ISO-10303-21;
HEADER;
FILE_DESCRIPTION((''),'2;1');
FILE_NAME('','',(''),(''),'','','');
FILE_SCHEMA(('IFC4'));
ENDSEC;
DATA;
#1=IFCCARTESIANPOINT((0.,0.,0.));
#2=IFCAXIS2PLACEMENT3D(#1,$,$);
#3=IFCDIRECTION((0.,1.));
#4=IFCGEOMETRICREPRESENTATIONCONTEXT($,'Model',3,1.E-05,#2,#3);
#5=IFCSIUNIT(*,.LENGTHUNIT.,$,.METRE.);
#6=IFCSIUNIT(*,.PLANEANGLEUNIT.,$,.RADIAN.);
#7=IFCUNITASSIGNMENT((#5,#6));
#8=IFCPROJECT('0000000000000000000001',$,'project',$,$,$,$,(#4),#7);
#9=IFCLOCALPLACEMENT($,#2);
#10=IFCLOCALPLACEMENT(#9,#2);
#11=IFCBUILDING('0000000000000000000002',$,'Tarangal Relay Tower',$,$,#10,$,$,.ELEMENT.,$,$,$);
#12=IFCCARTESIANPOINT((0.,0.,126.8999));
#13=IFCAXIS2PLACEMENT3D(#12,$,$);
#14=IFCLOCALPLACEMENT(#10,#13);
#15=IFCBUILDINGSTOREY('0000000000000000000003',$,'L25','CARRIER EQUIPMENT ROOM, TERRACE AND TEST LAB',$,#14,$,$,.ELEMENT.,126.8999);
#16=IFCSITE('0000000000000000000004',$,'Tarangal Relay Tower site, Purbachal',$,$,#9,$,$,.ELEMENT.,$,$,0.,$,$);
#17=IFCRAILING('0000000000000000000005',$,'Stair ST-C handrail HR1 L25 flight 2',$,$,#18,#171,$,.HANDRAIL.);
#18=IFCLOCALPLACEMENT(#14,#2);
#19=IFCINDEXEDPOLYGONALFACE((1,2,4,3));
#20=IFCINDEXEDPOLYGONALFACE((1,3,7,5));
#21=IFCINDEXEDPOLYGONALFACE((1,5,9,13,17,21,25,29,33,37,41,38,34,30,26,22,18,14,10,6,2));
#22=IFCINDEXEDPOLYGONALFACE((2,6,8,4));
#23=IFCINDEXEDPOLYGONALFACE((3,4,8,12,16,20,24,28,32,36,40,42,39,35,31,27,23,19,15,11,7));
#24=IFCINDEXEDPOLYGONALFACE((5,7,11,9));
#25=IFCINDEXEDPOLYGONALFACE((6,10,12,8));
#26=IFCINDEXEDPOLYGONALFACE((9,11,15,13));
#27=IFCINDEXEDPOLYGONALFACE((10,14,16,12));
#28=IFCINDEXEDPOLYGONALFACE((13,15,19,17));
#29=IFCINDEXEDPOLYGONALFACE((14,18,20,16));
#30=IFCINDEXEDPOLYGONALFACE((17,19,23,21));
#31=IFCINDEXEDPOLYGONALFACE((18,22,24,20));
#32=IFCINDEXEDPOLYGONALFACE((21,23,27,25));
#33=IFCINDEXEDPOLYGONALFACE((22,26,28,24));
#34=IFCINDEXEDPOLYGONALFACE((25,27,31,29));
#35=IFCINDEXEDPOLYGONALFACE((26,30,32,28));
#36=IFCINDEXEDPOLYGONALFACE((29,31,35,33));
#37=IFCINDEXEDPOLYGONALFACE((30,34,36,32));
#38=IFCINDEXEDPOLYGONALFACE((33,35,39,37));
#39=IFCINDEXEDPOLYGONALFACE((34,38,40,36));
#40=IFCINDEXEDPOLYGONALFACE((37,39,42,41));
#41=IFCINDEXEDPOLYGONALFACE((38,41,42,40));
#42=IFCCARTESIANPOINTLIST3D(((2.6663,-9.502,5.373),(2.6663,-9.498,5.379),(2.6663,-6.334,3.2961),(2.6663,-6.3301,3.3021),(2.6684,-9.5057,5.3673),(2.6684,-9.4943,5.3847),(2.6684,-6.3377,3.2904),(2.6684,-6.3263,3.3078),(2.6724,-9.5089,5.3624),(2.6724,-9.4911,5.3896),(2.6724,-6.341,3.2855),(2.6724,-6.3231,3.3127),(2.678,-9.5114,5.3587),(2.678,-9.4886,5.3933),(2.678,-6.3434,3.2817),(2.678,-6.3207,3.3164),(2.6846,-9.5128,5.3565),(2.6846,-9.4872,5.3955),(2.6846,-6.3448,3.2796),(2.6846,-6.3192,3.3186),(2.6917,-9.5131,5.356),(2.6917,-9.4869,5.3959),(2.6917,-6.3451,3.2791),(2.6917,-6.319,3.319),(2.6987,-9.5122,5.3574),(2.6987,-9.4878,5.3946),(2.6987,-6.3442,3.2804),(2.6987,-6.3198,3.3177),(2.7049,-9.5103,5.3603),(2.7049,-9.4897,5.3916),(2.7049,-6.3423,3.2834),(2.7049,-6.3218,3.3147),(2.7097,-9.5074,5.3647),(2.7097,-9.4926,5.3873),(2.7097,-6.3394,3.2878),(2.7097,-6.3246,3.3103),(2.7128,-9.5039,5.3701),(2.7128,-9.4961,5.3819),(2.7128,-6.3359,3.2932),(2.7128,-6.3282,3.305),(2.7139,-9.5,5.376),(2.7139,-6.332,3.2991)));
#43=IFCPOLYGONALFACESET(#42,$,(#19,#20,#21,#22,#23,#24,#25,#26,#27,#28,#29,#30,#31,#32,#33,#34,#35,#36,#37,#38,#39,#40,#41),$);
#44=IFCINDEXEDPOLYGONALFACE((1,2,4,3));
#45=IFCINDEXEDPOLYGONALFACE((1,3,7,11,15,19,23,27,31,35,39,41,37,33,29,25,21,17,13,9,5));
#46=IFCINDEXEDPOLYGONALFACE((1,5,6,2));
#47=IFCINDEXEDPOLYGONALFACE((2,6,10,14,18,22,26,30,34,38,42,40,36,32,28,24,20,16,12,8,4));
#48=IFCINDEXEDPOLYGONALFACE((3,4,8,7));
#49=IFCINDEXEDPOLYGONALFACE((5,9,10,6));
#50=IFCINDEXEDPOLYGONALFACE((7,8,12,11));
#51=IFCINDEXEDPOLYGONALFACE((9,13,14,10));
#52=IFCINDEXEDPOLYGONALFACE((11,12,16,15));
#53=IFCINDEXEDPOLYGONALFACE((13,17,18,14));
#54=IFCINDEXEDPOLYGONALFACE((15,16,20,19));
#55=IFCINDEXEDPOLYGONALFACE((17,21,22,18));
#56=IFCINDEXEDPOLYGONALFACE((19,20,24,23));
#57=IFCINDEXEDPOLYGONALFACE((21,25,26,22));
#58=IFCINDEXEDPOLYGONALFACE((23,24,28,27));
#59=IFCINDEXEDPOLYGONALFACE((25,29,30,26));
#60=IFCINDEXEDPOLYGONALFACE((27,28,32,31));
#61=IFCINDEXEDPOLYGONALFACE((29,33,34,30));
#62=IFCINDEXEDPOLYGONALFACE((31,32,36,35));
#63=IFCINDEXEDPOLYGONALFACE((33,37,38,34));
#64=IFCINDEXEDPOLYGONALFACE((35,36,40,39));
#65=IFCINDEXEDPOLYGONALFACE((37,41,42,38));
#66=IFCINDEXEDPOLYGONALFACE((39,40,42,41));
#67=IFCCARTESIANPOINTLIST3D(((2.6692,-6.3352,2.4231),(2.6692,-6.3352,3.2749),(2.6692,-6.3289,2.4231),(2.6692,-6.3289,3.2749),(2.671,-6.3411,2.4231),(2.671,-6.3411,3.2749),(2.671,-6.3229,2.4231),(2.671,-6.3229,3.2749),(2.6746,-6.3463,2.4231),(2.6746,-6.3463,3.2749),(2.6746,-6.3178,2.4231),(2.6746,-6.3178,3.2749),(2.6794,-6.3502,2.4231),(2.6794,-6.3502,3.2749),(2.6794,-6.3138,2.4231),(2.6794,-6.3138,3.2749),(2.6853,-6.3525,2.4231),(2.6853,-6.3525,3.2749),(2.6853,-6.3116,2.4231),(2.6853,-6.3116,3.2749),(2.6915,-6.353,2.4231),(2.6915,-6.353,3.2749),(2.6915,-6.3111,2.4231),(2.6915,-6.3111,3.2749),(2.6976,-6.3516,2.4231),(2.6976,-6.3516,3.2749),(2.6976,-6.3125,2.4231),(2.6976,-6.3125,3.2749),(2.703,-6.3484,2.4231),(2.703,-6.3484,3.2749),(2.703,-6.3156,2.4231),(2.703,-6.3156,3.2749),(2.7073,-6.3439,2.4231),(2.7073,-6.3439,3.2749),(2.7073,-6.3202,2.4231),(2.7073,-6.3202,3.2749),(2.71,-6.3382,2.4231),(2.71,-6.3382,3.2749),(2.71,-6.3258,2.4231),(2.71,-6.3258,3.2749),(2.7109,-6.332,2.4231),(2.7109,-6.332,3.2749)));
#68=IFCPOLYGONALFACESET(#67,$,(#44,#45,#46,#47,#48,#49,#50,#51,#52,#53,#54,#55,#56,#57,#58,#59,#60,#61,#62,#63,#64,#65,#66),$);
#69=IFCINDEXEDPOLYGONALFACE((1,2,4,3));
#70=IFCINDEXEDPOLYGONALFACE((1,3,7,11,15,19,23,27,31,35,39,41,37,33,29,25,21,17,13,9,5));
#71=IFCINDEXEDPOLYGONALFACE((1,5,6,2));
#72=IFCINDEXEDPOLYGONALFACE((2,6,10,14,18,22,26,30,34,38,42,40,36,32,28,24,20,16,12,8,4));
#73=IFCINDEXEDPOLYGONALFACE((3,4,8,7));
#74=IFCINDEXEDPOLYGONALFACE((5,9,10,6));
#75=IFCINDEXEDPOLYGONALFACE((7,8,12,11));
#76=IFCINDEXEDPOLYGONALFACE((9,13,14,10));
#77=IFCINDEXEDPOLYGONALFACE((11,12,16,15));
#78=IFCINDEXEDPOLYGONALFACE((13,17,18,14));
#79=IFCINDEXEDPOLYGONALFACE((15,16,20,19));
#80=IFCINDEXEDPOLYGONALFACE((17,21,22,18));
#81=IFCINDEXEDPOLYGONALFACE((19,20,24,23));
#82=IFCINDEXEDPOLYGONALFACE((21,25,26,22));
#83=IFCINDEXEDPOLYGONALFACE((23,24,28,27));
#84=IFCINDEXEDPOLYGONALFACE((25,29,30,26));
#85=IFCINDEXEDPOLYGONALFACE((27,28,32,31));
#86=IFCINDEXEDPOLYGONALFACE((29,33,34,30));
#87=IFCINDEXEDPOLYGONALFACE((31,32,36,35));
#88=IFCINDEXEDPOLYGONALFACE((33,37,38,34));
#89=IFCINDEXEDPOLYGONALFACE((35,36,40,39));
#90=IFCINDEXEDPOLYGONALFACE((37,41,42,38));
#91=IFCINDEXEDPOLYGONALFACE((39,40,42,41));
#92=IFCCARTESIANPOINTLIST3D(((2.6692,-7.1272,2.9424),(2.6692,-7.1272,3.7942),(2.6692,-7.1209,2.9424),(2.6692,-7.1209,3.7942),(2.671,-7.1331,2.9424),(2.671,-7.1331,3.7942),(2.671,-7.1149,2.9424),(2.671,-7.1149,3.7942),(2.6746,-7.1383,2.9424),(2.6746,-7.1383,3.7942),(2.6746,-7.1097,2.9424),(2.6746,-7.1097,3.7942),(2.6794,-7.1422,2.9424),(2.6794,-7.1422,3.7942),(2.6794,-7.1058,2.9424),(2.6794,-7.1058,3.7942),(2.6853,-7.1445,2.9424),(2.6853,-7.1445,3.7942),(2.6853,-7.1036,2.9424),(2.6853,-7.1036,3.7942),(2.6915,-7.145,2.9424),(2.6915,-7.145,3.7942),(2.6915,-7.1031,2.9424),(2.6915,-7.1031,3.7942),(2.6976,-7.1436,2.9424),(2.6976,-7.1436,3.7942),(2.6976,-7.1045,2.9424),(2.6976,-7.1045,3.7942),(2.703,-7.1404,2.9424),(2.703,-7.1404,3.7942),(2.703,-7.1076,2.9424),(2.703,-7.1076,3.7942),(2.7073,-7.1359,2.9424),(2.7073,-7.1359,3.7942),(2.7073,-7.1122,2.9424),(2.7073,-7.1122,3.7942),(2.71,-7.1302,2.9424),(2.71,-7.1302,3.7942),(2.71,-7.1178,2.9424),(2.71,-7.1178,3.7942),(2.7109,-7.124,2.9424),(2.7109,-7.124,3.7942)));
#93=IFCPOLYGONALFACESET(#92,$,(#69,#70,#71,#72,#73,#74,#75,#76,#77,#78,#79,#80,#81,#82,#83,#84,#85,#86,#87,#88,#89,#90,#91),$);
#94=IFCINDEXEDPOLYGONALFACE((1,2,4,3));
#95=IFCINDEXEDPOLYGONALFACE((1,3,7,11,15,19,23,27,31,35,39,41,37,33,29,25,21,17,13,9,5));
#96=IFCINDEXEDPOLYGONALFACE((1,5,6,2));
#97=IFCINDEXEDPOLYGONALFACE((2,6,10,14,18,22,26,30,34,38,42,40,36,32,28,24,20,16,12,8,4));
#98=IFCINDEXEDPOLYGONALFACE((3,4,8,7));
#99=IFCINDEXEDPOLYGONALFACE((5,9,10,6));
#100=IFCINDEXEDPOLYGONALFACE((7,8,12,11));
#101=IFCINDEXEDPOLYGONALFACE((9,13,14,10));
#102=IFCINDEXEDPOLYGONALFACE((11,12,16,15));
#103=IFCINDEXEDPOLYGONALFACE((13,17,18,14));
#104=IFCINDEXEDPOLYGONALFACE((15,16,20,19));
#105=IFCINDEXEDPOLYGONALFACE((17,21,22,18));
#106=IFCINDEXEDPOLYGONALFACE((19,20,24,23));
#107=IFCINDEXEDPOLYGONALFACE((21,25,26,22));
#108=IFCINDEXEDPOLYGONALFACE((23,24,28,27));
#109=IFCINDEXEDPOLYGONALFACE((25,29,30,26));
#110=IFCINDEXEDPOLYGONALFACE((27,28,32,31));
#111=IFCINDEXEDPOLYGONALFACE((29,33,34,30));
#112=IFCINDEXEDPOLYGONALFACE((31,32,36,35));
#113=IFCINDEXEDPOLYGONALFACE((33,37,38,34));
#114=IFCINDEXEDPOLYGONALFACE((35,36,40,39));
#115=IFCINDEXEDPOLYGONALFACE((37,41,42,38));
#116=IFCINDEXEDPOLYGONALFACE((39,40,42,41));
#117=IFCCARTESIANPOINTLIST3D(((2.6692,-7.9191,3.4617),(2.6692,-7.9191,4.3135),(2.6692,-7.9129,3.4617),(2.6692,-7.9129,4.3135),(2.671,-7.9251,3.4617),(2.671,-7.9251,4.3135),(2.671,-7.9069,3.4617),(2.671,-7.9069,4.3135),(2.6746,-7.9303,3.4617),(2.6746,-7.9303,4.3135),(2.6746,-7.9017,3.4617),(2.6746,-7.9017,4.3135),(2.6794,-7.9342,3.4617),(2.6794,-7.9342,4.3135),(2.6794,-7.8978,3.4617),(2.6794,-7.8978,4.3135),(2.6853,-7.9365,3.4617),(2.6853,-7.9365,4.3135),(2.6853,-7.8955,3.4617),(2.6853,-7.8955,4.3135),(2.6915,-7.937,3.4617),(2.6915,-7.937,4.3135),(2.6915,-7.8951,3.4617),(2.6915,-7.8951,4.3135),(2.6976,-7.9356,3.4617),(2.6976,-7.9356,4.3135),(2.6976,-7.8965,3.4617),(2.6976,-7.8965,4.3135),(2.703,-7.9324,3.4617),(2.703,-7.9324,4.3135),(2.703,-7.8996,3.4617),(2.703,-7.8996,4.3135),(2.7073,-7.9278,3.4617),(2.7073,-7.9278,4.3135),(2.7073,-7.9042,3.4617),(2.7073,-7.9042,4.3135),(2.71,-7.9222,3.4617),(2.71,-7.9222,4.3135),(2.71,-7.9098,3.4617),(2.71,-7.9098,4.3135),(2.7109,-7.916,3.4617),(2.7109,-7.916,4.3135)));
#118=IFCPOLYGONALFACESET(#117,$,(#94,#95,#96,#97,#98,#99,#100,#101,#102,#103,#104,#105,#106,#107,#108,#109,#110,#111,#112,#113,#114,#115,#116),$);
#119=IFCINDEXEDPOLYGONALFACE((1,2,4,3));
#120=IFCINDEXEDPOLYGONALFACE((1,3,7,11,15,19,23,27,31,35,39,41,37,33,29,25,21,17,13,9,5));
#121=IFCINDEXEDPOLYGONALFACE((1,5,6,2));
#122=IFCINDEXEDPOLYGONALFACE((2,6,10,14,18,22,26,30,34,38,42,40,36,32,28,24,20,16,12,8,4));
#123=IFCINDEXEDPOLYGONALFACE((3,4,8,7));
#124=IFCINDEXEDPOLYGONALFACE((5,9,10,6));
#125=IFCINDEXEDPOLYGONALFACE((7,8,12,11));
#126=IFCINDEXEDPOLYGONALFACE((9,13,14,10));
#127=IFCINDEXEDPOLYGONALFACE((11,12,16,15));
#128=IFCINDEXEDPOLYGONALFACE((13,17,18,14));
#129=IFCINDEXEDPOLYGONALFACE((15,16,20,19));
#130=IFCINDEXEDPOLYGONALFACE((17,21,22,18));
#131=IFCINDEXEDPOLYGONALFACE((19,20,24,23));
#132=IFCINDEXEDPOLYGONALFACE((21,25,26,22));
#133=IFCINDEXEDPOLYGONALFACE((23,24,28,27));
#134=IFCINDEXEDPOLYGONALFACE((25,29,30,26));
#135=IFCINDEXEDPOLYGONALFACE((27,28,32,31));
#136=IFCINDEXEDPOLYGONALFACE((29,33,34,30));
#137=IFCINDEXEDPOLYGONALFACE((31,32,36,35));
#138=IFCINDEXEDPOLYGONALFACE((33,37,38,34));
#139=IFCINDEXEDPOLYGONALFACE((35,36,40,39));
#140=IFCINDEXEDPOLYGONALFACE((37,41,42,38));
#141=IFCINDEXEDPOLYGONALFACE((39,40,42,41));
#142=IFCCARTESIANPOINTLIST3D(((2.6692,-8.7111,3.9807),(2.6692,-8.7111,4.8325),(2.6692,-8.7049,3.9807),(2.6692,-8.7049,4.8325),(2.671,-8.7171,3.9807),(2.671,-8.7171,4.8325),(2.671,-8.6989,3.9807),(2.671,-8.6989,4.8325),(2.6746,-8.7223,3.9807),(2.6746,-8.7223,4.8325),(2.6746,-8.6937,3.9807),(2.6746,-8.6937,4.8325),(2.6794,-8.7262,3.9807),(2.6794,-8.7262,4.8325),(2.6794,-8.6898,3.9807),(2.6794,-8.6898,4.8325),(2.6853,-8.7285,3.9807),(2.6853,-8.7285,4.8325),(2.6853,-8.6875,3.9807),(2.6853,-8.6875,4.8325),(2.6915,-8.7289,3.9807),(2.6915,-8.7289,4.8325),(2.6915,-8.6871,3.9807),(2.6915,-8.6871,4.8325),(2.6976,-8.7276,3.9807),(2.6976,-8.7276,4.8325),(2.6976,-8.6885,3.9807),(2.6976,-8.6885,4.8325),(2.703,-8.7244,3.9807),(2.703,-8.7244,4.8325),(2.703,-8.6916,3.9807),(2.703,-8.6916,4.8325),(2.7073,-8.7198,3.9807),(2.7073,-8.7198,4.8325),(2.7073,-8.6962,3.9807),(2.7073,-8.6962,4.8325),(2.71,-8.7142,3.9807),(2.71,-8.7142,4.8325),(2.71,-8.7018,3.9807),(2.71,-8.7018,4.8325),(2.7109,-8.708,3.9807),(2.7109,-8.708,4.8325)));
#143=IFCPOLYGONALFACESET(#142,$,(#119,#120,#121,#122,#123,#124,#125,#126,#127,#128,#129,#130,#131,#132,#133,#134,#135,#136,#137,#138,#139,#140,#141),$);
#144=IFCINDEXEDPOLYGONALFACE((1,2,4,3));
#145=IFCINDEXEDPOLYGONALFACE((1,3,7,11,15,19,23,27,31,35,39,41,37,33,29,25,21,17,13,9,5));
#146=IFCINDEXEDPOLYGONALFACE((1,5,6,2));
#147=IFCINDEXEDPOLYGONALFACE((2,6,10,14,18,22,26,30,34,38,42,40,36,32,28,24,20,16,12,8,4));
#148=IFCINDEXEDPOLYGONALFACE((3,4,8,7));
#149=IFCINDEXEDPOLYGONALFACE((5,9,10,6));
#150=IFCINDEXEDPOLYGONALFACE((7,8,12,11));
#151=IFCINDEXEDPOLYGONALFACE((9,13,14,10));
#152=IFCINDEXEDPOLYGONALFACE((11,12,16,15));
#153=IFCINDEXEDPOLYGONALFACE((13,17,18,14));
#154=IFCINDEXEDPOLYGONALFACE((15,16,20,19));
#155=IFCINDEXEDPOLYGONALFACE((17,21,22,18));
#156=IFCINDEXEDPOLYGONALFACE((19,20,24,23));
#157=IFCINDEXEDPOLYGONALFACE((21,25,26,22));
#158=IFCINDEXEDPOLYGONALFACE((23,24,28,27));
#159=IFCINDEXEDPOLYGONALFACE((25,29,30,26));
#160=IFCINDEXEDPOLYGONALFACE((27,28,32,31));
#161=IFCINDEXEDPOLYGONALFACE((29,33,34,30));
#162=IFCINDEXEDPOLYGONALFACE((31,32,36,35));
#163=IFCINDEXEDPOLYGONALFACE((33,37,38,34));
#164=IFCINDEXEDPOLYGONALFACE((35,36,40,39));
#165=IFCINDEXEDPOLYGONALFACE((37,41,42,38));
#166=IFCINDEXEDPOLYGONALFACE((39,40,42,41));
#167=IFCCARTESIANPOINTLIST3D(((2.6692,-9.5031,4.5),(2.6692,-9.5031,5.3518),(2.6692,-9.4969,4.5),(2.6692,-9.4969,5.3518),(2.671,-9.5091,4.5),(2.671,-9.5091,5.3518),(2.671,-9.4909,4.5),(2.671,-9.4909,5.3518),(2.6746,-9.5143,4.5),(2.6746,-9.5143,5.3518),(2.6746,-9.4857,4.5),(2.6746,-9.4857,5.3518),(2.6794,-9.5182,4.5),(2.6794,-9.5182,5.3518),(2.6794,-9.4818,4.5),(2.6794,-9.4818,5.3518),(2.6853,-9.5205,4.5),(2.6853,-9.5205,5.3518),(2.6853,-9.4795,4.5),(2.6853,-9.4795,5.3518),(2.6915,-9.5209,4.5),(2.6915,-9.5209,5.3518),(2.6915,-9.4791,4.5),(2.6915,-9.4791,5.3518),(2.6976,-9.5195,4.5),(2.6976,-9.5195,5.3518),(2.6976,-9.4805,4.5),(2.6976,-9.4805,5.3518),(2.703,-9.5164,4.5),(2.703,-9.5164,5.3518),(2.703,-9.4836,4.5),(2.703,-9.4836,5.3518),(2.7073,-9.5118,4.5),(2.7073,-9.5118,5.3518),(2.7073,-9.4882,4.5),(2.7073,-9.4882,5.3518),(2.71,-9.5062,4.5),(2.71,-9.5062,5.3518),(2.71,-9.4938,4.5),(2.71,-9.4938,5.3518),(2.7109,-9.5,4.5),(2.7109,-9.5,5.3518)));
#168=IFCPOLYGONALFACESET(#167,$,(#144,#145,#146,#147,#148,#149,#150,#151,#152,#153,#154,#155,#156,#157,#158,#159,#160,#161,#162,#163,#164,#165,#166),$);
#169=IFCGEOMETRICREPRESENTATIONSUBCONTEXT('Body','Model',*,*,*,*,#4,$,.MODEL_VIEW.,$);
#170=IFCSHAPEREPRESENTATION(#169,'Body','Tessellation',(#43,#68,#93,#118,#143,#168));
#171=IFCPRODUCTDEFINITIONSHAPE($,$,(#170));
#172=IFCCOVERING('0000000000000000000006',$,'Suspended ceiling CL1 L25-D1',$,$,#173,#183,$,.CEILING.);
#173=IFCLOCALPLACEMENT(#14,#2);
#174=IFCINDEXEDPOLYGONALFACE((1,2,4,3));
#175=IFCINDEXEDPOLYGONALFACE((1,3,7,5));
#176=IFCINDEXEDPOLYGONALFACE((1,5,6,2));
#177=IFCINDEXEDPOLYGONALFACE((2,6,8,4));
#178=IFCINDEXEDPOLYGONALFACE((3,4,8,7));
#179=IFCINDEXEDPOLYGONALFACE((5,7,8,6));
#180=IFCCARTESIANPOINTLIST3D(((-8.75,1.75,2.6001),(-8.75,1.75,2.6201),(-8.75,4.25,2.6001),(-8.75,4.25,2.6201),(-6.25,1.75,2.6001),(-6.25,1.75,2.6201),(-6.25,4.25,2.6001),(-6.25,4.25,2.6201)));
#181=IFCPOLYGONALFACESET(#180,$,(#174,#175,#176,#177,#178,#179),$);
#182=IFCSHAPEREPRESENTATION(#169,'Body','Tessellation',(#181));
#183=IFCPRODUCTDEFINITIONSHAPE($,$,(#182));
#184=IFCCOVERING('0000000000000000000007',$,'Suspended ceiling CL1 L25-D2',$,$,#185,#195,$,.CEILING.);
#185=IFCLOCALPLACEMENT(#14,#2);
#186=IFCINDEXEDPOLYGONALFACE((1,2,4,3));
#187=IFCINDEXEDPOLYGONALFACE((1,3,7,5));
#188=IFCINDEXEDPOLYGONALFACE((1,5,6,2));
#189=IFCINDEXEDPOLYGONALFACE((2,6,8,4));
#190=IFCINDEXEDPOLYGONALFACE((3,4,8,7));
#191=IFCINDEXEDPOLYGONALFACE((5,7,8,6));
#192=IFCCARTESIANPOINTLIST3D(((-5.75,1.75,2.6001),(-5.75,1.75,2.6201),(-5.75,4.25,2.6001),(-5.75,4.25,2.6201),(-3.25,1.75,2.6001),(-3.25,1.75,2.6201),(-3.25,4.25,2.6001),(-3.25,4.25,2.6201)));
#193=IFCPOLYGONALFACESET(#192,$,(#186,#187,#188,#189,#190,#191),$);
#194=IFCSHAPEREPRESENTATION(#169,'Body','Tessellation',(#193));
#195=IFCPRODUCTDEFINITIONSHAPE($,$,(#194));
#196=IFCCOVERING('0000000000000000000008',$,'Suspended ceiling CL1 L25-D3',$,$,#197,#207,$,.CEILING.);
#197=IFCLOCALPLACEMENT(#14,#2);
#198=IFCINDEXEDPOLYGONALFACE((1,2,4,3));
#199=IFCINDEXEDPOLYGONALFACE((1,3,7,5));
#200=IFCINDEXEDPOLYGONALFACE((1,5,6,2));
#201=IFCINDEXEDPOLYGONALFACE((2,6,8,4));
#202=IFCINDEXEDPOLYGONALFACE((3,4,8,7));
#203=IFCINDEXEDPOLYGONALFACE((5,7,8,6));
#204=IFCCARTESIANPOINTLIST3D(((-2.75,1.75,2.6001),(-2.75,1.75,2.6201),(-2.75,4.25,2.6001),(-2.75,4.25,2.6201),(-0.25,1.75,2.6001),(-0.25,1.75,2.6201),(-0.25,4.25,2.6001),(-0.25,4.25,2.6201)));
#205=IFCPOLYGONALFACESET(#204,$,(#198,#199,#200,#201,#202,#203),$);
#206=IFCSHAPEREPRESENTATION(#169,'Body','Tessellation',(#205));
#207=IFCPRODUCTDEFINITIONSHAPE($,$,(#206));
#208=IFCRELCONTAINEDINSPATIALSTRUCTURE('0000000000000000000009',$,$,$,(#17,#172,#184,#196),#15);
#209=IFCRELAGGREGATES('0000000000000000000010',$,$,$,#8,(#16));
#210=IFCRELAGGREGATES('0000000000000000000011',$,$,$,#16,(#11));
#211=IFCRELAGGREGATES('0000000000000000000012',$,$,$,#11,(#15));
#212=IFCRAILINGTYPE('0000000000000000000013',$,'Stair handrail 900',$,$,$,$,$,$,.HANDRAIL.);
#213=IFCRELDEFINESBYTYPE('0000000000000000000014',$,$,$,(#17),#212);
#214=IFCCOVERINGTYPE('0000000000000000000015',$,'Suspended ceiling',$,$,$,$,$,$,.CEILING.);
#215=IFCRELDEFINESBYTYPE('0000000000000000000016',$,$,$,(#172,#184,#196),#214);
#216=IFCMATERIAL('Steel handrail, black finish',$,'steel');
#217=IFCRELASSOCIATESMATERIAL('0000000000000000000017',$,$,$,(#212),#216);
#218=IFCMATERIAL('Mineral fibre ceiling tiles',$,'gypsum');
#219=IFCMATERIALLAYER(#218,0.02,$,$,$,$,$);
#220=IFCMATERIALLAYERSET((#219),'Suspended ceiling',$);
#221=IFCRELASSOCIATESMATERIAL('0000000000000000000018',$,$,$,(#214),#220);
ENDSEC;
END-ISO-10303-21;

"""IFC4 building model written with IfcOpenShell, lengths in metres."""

from ifc_helpers import new_model, si_unit, direction, frame, origin, origin_2d, place, context, subcontext, project, spatial, polyline, circle, outline, extrude, material, layer, layer_set, type_object, element, save


model = new_model("IFC4")

# Units and contexts
model_context = context("Model", 3, precision=1e-05, world=origin(), true_north=direction((0.0, 1.0)))
body_context = subcontext(model_context, "Body", "Model", "MODEL_VIEW")
ifc_project = project(units=[si_unit("LENGTHUNIT", "METRE"), si_unit("PLANEANGLEUNIT", "RADIAN")], contexts=[model_context])

# Site, building, storey
site_placement = place(None, origin())
site = spatial("IfcSite", under=ifc_project, at=site_placement, Name="Tarangal Relay Tower site, Purbachal", CompositionType="ELEMENT", RefElevation=0.0)
building_placement = place(site_placement, origin())
building = spatial("IfcBuilding", under=site, at=building_placement, Name="Tarangal Relay Tower", CompositionType="ELEMENT")
storey_placement = place(building_placement, frame((0.0, 0.0, 126.8999)))
storey = spatial("IfcBuildingStorey", under=building, at=storey_placement, Name="L25", Description="CARRIER EQUIPMENT ROOM, TERRACE AND TEST LAB", CompositionType="ELEMENT", Elevation=126.8999)

# Railing
ifc_material_1 = material(Name="Steel handrail, black finish", Category="steel")
railing_type_1 = type_object("IfcRailingType", Name="Stair handrail 900", PredefinedType="HANDRAIL", material=ifc_material_1)
railing_1_placement = place(storey_placement, frame((2.6899, -6.332, 2.4231)))
element("IfcRailing", 1, at=railing_1_placement, inside=storey, type_object=railing_type_1, Name="Stair ST-C handrail HR1 L25 flight 2", PredefinedType="HANDRAIL", context=body_context, shape_type="SweptSolid", body=[
    extrude(circle(Radius=0.0239, at=origin_2d()), frame((0.0, 0.0, 0.876), z_axis=(0.0, -0.836299, 0.548273), x_axis=(1.0, 0.0, 0.0)), (0.0, 0.0, 1.0), 3.7881),
    extrude(circle(Radius=0.021, at=origin_2d()), origin(), (0.0, 0.0, 1.0), 0.8518),
    extrude(circle(Radius=0.021, at=origin_2d()), frame((0.0, -0.792, 0.5193)), (0.0, 0.0, 1.0), 0.8518),
    extrude(circle(Radius=0.021, at=origin_2d()), frame((0.0, -1.584, 1.0386)), (0.0, 0.0, 1.0), 0.8518),
    extrude(circle(Radius=0.021, at=origin_2d()), frame((0.0, -2.376, 1.5576)), (0.0, 0.0, 1.0), 0.8518),
    extrude(circle(Radius=0.021, at=origin_2d()), frame((0.0, -3.168, 2.0769)), (0.0, 0.0, 1.0), 0.8518),
])

# Coverings
ifc_material_2 = material(Name="Mineral fibre ceiling tiles", Category="gypsum")
ifc_layer_1 = layer(ifc_material_2, 0.02)
ifc_layer_set_1 = layer_set([ifc_layer_1], Name="Suspended ceiling")
covering_type_1 = type_object("IfcCoveringType", Name="Suspended ceiling", PredefinedType="CEILING", material=ifc_layer_set_1)
covering_1_placement = place(storey_placement, frame((0.0, 0.0, 2.6001)))
element("IfcCovering", 2, at=covering_1_placement, inside=storey, type_object=covering_type_1, Name="Suspended ceiling CL1 L25-D1", PredefinedType="CEILING", context=body_context, shape_type="SweptSolid", body=[
    extrude(outline(polyline([(-8.75, 1.75), (-6.25, 1.75), (-6.25, 4.25), (-8.75, 4.25), (-8.75, 1.75)])), origin(), (0.0, 0.0, 1.0), 0.02),
])
covering_2_placement = place(storey_placement, frame((0.0, 0.0, 2.6001)))
element("IfcCovering", 3, at=covering_2_placement, inside=storey, type_object=covering_type_1, Name="Suspended ceiling CL1 L25-D2", PredefinedType="CEILING", context=body_context, shape_type="SweptSolid", body=[
    extrude(outline(polyline([(-5.75, 1.75), (-3.25, 1.75), (-3.25, 4.25), (-5.75, 4.25), (-5.75, 1.75)])), origin(), (0.0, 0.0, 1.0), 0.02),
])
covering_3_placement = place(storey_placement, frame((0.0, 0.0, 2.6001)))
element("IfcCovering", 4, at=covering_3_placement, inside=storey, type_object=covering_type_1, Name="Suspended ceiling CL1 L25-D3", PredefinedType="CEILING", context=body_context, shape_type="SweptSolid", body=[
    extrude(outline(polyline([(-2.75, 1.75), (-0.25, 1.75), (-0.25, 4.25), (-2.75, 4.25), (-2.75, 1.75)])), origin(), (0.0, 0.0, 1.0), 0.02),
])

save(model, "model.ifc")
